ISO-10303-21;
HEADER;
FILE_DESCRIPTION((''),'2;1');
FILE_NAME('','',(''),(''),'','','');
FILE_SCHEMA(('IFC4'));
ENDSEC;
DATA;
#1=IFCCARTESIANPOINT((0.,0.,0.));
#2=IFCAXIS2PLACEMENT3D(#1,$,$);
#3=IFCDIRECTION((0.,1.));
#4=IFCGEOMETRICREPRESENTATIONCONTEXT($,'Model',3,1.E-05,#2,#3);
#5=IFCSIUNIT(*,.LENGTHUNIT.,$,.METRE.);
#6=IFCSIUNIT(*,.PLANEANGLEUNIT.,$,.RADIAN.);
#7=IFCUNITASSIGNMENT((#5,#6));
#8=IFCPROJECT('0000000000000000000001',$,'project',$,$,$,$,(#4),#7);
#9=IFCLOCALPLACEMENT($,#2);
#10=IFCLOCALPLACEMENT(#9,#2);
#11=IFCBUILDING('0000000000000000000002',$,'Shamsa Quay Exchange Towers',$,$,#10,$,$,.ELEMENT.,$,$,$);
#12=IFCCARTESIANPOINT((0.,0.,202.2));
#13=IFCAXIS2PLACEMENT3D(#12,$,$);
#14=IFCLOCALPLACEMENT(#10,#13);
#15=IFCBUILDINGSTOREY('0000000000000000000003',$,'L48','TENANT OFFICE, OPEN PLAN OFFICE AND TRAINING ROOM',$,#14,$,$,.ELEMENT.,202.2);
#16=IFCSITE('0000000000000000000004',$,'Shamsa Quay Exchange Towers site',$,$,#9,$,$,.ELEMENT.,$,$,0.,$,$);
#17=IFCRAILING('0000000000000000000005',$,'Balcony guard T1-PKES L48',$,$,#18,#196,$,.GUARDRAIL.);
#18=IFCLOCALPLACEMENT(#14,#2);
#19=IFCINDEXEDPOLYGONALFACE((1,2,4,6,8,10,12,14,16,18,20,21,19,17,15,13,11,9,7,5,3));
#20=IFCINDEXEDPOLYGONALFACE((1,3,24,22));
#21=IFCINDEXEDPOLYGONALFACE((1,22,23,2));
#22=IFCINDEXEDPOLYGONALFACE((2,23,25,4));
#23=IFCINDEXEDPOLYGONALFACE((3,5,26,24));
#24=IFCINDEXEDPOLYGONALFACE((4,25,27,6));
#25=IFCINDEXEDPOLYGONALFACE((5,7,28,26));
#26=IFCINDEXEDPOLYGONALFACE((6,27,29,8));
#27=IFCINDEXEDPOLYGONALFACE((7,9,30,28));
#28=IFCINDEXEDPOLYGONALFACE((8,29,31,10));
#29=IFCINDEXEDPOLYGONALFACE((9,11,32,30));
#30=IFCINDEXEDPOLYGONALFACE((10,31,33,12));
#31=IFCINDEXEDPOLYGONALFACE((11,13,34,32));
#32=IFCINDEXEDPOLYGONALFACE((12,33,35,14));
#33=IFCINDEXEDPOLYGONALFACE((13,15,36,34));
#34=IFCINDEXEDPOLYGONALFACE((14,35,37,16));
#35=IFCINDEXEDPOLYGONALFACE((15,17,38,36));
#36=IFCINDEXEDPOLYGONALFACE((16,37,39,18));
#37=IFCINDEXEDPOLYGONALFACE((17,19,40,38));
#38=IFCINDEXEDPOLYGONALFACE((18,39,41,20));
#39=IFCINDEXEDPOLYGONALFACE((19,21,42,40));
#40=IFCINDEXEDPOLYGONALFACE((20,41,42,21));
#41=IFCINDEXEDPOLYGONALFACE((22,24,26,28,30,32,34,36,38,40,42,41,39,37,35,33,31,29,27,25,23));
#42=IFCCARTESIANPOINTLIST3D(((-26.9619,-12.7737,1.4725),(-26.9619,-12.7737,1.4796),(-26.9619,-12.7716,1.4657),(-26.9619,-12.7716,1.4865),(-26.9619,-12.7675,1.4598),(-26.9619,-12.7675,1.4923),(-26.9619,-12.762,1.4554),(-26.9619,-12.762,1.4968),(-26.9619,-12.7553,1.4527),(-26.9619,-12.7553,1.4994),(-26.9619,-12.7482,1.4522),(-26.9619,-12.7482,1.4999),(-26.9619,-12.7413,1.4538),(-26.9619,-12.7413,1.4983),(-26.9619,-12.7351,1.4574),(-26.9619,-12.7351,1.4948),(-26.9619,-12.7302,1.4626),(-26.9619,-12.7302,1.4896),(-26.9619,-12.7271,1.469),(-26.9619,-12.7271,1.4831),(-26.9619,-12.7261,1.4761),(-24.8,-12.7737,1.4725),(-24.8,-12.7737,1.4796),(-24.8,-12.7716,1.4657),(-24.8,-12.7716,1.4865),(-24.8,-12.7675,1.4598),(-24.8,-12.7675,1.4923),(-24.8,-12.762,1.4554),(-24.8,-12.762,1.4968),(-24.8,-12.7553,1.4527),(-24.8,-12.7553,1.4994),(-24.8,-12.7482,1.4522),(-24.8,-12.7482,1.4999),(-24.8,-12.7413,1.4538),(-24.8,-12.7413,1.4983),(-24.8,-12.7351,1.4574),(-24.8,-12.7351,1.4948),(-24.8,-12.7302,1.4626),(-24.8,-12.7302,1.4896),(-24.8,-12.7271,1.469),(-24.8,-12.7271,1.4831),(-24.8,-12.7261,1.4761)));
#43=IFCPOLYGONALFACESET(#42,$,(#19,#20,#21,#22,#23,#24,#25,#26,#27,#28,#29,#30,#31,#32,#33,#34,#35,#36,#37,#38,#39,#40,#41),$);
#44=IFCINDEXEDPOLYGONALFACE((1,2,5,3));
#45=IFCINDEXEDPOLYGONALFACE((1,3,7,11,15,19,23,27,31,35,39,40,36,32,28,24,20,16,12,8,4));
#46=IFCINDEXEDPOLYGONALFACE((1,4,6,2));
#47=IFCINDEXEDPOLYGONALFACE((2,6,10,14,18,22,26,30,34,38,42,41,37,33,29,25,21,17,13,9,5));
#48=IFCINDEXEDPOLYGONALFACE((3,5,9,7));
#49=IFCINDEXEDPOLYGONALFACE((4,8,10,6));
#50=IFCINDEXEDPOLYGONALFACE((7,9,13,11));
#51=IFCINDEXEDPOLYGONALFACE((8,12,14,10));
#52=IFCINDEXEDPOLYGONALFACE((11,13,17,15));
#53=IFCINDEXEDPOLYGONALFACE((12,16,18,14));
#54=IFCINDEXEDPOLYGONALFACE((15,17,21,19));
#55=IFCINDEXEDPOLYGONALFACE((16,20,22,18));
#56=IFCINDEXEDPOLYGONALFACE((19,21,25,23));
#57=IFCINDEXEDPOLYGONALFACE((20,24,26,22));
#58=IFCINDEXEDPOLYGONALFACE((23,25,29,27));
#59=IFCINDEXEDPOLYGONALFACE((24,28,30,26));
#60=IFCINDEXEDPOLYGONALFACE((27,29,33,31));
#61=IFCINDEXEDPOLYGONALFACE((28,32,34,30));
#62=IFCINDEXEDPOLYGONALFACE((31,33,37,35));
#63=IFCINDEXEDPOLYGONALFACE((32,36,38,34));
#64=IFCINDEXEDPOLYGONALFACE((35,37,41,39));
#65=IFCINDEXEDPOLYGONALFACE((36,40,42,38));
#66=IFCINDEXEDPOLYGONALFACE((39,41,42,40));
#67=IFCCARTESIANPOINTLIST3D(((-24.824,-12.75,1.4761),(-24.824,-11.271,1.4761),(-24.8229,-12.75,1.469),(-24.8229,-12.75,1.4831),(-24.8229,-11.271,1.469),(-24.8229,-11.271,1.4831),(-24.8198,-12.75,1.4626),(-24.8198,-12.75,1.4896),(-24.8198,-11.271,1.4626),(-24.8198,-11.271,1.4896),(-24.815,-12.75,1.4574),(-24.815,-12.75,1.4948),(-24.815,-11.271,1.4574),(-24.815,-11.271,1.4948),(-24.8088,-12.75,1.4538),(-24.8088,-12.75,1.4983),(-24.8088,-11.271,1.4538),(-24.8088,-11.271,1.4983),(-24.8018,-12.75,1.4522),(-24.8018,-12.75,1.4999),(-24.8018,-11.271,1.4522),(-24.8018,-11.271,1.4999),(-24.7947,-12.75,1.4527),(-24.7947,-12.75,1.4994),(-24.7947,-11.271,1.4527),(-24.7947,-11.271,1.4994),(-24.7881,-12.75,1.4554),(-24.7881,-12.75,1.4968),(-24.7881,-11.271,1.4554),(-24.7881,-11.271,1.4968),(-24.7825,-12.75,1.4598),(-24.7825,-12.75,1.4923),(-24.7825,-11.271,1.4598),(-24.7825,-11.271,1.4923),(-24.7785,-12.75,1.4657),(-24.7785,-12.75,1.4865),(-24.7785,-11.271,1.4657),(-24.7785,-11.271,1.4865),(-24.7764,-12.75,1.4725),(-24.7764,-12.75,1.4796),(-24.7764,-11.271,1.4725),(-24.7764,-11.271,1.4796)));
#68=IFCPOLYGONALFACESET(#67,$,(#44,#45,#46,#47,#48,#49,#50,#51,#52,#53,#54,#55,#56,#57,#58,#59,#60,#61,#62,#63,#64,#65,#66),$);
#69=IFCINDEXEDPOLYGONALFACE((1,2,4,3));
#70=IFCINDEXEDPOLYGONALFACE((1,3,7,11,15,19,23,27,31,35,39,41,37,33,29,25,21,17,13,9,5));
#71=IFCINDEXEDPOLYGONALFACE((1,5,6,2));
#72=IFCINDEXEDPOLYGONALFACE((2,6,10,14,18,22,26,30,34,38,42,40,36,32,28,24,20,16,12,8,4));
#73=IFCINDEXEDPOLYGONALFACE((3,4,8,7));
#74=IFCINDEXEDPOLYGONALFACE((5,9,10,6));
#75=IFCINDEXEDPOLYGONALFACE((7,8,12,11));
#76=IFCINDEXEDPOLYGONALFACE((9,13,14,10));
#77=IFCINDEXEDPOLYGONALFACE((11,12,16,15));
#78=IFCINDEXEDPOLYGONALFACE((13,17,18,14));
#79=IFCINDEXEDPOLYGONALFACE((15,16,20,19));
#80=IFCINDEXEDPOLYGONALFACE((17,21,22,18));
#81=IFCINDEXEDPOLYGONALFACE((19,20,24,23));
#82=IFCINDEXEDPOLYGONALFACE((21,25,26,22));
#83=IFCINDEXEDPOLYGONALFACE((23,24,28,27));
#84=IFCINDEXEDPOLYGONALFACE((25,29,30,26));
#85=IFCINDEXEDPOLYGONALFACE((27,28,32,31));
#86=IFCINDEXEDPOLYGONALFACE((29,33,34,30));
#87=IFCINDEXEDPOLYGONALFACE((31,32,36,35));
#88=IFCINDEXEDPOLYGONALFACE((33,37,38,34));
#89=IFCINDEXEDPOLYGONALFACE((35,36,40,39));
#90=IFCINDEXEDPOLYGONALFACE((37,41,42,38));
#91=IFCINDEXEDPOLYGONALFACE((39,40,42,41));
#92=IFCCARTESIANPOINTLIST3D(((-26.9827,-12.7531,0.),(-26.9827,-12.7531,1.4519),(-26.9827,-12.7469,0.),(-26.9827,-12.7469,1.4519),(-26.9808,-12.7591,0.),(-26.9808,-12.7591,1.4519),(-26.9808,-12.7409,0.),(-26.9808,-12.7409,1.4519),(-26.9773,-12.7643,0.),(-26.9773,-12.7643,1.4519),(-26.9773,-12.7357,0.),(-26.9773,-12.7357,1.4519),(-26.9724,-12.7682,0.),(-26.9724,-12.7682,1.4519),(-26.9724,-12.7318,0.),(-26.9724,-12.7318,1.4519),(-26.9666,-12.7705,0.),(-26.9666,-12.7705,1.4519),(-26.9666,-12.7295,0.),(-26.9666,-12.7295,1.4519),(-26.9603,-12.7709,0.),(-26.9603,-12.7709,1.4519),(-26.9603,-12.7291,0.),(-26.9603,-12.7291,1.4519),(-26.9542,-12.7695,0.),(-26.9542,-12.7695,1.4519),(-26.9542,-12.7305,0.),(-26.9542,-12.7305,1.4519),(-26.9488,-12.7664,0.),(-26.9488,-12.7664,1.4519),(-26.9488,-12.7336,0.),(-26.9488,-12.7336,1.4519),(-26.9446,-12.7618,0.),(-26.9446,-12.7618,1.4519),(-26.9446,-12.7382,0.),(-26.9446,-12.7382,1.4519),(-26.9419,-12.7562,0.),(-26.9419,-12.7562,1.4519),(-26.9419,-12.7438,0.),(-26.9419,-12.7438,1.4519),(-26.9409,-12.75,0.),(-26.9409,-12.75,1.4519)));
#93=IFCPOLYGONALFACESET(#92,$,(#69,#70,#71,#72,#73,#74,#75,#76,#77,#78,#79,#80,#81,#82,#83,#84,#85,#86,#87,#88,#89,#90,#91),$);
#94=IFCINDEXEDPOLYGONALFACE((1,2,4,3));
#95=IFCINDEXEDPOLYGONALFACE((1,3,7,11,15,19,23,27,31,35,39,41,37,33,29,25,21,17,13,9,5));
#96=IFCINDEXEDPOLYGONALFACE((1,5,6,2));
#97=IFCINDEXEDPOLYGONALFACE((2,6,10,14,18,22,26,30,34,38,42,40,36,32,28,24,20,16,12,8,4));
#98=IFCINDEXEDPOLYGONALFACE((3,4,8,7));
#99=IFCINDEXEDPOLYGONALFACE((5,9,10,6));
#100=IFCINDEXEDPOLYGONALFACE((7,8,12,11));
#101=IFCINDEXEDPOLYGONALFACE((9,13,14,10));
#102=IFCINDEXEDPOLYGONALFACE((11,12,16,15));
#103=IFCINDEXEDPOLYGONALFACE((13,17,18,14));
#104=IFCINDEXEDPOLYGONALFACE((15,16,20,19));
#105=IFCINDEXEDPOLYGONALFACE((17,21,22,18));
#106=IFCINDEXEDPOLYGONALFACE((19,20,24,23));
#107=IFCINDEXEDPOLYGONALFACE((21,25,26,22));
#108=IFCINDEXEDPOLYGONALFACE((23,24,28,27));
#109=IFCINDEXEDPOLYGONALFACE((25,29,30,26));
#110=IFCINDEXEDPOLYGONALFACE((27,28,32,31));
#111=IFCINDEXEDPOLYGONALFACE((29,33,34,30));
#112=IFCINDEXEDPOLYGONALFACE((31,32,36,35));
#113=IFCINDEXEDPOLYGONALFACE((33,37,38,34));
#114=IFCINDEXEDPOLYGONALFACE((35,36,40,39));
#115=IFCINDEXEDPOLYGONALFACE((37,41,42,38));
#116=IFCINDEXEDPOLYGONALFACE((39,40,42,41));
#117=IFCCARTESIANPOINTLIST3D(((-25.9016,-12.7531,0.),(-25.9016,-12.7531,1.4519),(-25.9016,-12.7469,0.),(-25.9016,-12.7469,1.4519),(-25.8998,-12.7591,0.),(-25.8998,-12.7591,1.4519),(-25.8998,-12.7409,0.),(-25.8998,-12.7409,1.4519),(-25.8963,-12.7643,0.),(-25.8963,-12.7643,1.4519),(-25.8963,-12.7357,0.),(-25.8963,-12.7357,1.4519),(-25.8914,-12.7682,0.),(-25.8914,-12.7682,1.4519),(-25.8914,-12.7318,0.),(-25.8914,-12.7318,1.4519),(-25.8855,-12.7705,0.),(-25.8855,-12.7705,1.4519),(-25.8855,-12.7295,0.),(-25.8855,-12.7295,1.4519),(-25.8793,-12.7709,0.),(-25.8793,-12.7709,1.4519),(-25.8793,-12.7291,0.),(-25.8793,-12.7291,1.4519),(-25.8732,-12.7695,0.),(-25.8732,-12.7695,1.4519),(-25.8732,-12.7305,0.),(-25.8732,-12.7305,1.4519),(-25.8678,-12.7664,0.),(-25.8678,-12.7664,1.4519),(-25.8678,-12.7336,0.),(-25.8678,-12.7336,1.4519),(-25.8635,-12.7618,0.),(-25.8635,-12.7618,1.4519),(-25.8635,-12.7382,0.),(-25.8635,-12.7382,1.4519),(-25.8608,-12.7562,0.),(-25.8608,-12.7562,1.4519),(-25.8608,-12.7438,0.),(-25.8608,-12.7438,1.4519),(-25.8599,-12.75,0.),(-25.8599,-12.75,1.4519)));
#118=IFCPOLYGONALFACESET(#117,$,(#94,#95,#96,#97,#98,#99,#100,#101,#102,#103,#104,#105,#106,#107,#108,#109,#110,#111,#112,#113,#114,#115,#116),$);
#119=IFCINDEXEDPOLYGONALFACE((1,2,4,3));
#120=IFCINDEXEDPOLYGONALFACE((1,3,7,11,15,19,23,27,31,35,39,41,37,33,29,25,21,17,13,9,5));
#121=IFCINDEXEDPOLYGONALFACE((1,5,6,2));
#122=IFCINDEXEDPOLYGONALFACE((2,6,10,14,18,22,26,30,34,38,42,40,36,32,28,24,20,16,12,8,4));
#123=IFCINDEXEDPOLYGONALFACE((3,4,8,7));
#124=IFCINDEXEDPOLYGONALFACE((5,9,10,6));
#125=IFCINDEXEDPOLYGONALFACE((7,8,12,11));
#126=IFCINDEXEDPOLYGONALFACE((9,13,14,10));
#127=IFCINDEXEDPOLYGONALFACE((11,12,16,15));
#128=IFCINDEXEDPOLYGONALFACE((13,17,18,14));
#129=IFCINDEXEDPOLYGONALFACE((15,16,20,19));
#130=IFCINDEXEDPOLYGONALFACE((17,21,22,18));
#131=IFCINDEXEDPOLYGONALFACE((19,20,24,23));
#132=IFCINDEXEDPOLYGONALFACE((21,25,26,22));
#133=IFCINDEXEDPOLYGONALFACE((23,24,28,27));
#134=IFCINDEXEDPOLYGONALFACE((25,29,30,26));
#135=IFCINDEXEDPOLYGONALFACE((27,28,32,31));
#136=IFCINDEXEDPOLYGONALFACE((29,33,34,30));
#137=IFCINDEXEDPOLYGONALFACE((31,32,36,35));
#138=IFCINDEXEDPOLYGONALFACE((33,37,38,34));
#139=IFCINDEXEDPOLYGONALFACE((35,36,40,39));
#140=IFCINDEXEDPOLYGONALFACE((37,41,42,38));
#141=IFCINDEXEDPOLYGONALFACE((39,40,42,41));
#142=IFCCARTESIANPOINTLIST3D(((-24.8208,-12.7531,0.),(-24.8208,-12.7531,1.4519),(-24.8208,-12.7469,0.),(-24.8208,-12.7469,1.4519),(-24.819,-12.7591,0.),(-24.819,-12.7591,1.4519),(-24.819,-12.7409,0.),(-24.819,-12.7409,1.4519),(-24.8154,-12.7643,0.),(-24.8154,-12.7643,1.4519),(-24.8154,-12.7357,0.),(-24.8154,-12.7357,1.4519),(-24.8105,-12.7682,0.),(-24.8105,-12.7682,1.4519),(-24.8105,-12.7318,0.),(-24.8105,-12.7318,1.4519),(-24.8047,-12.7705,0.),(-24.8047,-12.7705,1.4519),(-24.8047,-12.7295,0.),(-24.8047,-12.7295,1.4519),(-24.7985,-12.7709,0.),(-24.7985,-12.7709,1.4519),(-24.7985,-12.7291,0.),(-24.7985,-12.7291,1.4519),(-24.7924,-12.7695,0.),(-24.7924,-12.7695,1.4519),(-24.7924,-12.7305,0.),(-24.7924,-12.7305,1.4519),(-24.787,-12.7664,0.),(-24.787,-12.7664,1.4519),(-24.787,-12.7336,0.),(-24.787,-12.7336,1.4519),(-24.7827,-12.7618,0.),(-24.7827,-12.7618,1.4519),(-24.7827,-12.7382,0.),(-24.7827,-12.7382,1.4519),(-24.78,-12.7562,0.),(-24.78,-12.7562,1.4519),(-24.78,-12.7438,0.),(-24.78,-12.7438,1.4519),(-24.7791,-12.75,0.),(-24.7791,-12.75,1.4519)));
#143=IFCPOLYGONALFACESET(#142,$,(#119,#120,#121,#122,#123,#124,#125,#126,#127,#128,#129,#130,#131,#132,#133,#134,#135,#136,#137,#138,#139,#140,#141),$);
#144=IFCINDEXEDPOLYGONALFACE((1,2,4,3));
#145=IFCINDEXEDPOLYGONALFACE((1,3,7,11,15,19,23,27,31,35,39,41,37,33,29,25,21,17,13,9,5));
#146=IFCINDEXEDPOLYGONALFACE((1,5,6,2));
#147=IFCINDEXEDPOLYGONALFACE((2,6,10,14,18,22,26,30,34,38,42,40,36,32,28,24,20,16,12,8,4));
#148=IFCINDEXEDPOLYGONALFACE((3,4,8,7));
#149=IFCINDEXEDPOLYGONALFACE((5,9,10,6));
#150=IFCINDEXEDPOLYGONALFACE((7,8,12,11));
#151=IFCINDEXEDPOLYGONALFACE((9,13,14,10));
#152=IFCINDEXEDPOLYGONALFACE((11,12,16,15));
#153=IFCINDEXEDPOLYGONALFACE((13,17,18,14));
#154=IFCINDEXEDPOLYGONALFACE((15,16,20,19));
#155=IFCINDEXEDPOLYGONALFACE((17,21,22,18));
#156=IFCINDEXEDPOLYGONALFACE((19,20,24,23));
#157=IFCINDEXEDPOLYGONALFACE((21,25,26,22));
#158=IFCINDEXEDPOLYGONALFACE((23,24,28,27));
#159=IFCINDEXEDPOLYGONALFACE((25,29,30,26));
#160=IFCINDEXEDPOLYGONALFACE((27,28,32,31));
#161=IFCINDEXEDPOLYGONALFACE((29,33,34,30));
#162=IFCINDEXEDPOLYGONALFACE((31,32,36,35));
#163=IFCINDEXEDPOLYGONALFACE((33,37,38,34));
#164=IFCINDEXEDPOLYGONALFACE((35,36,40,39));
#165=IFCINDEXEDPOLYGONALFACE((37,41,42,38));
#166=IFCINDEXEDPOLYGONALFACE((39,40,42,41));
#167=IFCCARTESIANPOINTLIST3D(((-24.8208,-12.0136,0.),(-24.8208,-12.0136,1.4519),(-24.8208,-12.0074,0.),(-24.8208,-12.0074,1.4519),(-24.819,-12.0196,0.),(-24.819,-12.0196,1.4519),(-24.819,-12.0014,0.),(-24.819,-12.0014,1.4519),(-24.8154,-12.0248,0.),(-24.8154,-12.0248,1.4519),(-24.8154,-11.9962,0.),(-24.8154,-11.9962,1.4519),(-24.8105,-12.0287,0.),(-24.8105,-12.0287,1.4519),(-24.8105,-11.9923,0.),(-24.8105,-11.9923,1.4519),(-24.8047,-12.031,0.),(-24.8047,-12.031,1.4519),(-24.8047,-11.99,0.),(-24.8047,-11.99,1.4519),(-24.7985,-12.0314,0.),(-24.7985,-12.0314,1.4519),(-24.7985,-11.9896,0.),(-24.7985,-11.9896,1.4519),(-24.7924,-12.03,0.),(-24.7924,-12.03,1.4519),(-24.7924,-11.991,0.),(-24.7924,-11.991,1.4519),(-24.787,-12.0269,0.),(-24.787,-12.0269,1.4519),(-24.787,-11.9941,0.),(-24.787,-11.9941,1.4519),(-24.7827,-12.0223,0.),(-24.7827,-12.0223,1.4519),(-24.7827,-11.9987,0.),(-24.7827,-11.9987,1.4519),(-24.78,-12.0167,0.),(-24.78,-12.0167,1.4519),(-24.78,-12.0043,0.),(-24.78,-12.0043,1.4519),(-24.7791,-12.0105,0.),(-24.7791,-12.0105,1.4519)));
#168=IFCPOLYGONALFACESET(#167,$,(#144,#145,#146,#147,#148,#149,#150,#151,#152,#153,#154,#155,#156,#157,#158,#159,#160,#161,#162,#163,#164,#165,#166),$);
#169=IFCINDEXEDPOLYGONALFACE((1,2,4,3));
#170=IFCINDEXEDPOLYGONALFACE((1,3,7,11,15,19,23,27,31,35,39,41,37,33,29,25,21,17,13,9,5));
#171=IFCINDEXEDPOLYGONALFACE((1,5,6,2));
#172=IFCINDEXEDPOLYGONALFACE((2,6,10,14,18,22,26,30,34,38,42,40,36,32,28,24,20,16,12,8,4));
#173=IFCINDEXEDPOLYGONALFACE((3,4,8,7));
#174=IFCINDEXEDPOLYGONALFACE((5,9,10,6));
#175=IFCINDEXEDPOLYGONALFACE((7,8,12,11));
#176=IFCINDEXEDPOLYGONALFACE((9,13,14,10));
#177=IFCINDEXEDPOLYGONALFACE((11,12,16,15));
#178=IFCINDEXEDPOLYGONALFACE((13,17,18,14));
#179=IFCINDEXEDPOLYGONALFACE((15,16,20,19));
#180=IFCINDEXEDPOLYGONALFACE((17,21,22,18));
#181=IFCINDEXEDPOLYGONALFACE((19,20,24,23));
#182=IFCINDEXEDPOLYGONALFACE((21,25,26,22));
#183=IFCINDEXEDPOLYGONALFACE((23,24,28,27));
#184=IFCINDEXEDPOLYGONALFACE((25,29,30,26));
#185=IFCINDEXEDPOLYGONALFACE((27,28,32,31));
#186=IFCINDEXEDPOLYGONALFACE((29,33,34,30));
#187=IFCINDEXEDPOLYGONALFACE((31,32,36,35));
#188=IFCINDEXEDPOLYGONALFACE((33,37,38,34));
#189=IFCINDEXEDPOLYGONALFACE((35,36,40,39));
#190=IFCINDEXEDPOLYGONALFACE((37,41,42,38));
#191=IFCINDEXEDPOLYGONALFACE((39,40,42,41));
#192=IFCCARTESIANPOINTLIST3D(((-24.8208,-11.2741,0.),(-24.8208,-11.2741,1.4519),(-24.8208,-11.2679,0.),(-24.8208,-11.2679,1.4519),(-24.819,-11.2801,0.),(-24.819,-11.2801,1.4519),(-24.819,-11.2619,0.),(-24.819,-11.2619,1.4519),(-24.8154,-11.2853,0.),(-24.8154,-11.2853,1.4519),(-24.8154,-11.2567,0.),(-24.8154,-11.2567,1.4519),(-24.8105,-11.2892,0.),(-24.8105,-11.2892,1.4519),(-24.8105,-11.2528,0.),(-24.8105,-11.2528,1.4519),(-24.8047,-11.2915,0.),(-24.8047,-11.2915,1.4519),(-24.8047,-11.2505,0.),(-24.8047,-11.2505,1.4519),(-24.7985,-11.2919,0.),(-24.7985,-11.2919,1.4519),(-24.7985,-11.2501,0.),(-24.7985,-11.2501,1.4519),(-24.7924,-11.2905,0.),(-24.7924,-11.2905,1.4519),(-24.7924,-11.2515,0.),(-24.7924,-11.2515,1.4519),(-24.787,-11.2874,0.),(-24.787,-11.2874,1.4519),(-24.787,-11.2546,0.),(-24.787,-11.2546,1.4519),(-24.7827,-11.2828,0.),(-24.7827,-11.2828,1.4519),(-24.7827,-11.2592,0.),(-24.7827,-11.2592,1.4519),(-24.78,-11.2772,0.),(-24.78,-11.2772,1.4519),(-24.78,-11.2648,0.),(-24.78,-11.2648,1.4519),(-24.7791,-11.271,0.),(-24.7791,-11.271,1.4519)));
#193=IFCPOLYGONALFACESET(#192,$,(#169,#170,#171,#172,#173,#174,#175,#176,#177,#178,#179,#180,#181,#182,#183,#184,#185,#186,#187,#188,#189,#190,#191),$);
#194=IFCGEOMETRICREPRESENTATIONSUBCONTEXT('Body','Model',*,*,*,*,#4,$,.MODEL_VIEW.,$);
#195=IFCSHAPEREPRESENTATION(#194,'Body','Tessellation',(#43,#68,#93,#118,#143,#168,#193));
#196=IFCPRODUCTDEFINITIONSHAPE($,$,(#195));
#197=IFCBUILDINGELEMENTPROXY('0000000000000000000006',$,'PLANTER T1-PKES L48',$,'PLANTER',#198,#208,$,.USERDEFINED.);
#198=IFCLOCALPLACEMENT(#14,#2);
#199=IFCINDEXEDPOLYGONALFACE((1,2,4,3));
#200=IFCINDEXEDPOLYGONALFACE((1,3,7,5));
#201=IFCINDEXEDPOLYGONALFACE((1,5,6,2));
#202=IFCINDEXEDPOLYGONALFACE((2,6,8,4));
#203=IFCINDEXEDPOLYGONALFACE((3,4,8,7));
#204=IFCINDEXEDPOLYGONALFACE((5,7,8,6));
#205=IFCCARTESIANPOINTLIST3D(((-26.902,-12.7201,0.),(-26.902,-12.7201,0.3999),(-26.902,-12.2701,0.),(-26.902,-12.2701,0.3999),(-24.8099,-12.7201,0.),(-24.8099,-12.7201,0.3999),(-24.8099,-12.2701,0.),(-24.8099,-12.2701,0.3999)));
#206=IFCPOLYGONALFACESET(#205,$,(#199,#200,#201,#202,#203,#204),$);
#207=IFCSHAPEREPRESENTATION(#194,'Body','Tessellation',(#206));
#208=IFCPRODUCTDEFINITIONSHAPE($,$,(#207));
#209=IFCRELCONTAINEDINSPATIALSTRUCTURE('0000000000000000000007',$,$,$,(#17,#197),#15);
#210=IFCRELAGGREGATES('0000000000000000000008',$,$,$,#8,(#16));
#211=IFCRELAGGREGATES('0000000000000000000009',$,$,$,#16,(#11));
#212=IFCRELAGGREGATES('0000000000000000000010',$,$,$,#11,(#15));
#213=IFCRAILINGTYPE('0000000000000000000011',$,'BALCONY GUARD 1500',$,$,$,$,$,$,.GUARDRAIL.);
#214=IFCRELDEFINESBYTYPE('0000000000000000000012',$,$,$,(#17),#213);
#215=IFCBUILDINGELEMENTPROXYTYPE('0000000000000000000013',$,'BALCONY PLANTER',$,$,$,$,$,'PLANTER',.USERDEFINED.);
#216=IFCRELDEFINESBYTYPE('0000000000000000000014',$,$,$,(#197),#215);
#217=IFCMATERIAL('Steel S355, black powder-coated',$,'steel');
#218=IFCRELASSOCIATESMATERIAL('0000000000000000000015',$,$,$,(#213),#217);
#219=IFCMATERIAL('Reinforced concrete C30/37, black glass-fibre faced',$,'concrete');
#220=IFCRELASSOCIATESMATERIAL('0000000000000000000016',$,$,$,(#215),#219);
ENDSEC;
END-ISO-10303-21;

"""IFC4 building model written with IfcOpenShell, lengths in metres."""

from ifc_helpers import new_model, si_unit, direction, frame, origin, origin_2d, place, context, subcontext, project, spatial, rectangle, circle, extrude, material, type_object, element, save


model = new_model("IFC4")

# Units and contexts
model_context = context("Model", 3, precision=1e-05, world=origin(), true_north=direction((0.0, 1.0)))
body_context = subcontext(model_context, "Body", "Model", "MODEL_VIEW")
ifc_project = project(units=[si_unit("LENGTHUNIT", "METRE"), si_unit("PLANEANGLEUNIT", "RADIAN")], contexts=[model_context])

# Site, building, storey
site_placement = place(None, origin())
site = spatial("IfcSite", under=ifc_project, at=site_placement, Name="Shamsa Quay Exchange Towers site", CompositionType="ELEMENT", RefElevation=0.0)
building_placement = place(site_placement, origin())
building = spatial("IfcBuilding", under=site, at=building_placement, Name="Shamsa Quay Exchange Towers", CompositionType="ELEMENT")
storey_placement = place(building_placement, frame((0.0, 0.0, 202.2)))
storey = spatial("IfcBuildingStorey", under=building, at=storey_placement, Name="L48", Description="TENANT OFFICE, OPEN PLAN OFFICE AND TRAINING ROOM", CompositionType="ELEMENT", Elevation=202.2)

# Railing
ifc_material_1 = material(Name="Steel S355, black powder-coated", Category="steel")
railing_type_1 = type_object("IfcRailingType", Name="BALCONY GUARD 1500", PredefinedType="GUARDRAIL", material=ifc_material_1)
railing_1_placement = place(storey_placement, frame((-26.9619, -12.75, 0.0)))
element("IfcRailing", 1, at=railing_1_placement, inside=storey, type_object=railing_type_1, Name="Balcony guard T1-PKES L48", PredefinedType="GUARDRAIL", context=body_context, shape_type="SweptSolid", body=[
    extrude(circle(Radius=0.0239, at=origin_2d()), frame((0.0, 0.0, 1.4761), z_axis=(1.0, 0.0, 0.0), x_axis=(0.0, 1.0, 0.0)), (0.0, 0.0, 1.0), 2.1619),
    extrude(circle(Radius=0.0239, at=origin_2d()), frame((2.1619, 0.0, 1.4761), z_axis=(0.0, 1.0, 0.0), x_axis=(-1.0, 0.0, 0.0)), (0.0, 0.0, 1.0), 1.479),
    extrude(circle(Radius=0.021, at=origin_2d()), origin(), (0.0, 0.0, 1.0), 1.4519),
    extrude(circle(Radius=0.021, at=origin_2d()), frame((1.0811, 0.0, 0.0)), (0.0, 0.0, 1.0), 1.4519),
    extrude(circle(Radius=0.021, at=origin_2d()), frame((2.1619, 0.0, 0.0)), (0.0, 0.0, 1.0), 1.4519),
    extrude(circle(Radius=0.021, at=origin_2d()), frame((2.1619, 0.7395, 0.0)), (0.0, 0.0, 1.0), 1.4519),
    extrude(circle(Radius=0.021, at=origin_2d()), frame((2.1619, 1.479, 0.0)), (0.0, 0.0, 1.0), 1.4519),
])

# Building element proxy
ifc_material_2 = material(Name="Reinforced concrete C30/37, black glass-fibre faced", Category="concrete")
building_element_proxy_type = type_object("IfcBuildingElementProxyType", Name="BALCONY PLANTER", ElementType="PLANTER", PredefinedType="USERDEFINED", material=ifc_material_2)
proxy_placement = place(storey_placement, frame((-25.856, -12.4951, 0.0)))
element("IfcBuildingElementProxy", 2, at=proxy_placement, inside=storey, type_object=building_element_proxy_type, Name="PLANTER T1-PKES L48", ObjectType="PLANTER", PredefinedType="USERDEFINED", context=body_context, shape_type="SweptSolid", body=[
    extrude(rectangle(XDim=2.092, YDim=0.45, at=origin_2d()), origin(), (0.0, 0.0, 1.0), 0.3999),
])

save(model, "model.ifc")
